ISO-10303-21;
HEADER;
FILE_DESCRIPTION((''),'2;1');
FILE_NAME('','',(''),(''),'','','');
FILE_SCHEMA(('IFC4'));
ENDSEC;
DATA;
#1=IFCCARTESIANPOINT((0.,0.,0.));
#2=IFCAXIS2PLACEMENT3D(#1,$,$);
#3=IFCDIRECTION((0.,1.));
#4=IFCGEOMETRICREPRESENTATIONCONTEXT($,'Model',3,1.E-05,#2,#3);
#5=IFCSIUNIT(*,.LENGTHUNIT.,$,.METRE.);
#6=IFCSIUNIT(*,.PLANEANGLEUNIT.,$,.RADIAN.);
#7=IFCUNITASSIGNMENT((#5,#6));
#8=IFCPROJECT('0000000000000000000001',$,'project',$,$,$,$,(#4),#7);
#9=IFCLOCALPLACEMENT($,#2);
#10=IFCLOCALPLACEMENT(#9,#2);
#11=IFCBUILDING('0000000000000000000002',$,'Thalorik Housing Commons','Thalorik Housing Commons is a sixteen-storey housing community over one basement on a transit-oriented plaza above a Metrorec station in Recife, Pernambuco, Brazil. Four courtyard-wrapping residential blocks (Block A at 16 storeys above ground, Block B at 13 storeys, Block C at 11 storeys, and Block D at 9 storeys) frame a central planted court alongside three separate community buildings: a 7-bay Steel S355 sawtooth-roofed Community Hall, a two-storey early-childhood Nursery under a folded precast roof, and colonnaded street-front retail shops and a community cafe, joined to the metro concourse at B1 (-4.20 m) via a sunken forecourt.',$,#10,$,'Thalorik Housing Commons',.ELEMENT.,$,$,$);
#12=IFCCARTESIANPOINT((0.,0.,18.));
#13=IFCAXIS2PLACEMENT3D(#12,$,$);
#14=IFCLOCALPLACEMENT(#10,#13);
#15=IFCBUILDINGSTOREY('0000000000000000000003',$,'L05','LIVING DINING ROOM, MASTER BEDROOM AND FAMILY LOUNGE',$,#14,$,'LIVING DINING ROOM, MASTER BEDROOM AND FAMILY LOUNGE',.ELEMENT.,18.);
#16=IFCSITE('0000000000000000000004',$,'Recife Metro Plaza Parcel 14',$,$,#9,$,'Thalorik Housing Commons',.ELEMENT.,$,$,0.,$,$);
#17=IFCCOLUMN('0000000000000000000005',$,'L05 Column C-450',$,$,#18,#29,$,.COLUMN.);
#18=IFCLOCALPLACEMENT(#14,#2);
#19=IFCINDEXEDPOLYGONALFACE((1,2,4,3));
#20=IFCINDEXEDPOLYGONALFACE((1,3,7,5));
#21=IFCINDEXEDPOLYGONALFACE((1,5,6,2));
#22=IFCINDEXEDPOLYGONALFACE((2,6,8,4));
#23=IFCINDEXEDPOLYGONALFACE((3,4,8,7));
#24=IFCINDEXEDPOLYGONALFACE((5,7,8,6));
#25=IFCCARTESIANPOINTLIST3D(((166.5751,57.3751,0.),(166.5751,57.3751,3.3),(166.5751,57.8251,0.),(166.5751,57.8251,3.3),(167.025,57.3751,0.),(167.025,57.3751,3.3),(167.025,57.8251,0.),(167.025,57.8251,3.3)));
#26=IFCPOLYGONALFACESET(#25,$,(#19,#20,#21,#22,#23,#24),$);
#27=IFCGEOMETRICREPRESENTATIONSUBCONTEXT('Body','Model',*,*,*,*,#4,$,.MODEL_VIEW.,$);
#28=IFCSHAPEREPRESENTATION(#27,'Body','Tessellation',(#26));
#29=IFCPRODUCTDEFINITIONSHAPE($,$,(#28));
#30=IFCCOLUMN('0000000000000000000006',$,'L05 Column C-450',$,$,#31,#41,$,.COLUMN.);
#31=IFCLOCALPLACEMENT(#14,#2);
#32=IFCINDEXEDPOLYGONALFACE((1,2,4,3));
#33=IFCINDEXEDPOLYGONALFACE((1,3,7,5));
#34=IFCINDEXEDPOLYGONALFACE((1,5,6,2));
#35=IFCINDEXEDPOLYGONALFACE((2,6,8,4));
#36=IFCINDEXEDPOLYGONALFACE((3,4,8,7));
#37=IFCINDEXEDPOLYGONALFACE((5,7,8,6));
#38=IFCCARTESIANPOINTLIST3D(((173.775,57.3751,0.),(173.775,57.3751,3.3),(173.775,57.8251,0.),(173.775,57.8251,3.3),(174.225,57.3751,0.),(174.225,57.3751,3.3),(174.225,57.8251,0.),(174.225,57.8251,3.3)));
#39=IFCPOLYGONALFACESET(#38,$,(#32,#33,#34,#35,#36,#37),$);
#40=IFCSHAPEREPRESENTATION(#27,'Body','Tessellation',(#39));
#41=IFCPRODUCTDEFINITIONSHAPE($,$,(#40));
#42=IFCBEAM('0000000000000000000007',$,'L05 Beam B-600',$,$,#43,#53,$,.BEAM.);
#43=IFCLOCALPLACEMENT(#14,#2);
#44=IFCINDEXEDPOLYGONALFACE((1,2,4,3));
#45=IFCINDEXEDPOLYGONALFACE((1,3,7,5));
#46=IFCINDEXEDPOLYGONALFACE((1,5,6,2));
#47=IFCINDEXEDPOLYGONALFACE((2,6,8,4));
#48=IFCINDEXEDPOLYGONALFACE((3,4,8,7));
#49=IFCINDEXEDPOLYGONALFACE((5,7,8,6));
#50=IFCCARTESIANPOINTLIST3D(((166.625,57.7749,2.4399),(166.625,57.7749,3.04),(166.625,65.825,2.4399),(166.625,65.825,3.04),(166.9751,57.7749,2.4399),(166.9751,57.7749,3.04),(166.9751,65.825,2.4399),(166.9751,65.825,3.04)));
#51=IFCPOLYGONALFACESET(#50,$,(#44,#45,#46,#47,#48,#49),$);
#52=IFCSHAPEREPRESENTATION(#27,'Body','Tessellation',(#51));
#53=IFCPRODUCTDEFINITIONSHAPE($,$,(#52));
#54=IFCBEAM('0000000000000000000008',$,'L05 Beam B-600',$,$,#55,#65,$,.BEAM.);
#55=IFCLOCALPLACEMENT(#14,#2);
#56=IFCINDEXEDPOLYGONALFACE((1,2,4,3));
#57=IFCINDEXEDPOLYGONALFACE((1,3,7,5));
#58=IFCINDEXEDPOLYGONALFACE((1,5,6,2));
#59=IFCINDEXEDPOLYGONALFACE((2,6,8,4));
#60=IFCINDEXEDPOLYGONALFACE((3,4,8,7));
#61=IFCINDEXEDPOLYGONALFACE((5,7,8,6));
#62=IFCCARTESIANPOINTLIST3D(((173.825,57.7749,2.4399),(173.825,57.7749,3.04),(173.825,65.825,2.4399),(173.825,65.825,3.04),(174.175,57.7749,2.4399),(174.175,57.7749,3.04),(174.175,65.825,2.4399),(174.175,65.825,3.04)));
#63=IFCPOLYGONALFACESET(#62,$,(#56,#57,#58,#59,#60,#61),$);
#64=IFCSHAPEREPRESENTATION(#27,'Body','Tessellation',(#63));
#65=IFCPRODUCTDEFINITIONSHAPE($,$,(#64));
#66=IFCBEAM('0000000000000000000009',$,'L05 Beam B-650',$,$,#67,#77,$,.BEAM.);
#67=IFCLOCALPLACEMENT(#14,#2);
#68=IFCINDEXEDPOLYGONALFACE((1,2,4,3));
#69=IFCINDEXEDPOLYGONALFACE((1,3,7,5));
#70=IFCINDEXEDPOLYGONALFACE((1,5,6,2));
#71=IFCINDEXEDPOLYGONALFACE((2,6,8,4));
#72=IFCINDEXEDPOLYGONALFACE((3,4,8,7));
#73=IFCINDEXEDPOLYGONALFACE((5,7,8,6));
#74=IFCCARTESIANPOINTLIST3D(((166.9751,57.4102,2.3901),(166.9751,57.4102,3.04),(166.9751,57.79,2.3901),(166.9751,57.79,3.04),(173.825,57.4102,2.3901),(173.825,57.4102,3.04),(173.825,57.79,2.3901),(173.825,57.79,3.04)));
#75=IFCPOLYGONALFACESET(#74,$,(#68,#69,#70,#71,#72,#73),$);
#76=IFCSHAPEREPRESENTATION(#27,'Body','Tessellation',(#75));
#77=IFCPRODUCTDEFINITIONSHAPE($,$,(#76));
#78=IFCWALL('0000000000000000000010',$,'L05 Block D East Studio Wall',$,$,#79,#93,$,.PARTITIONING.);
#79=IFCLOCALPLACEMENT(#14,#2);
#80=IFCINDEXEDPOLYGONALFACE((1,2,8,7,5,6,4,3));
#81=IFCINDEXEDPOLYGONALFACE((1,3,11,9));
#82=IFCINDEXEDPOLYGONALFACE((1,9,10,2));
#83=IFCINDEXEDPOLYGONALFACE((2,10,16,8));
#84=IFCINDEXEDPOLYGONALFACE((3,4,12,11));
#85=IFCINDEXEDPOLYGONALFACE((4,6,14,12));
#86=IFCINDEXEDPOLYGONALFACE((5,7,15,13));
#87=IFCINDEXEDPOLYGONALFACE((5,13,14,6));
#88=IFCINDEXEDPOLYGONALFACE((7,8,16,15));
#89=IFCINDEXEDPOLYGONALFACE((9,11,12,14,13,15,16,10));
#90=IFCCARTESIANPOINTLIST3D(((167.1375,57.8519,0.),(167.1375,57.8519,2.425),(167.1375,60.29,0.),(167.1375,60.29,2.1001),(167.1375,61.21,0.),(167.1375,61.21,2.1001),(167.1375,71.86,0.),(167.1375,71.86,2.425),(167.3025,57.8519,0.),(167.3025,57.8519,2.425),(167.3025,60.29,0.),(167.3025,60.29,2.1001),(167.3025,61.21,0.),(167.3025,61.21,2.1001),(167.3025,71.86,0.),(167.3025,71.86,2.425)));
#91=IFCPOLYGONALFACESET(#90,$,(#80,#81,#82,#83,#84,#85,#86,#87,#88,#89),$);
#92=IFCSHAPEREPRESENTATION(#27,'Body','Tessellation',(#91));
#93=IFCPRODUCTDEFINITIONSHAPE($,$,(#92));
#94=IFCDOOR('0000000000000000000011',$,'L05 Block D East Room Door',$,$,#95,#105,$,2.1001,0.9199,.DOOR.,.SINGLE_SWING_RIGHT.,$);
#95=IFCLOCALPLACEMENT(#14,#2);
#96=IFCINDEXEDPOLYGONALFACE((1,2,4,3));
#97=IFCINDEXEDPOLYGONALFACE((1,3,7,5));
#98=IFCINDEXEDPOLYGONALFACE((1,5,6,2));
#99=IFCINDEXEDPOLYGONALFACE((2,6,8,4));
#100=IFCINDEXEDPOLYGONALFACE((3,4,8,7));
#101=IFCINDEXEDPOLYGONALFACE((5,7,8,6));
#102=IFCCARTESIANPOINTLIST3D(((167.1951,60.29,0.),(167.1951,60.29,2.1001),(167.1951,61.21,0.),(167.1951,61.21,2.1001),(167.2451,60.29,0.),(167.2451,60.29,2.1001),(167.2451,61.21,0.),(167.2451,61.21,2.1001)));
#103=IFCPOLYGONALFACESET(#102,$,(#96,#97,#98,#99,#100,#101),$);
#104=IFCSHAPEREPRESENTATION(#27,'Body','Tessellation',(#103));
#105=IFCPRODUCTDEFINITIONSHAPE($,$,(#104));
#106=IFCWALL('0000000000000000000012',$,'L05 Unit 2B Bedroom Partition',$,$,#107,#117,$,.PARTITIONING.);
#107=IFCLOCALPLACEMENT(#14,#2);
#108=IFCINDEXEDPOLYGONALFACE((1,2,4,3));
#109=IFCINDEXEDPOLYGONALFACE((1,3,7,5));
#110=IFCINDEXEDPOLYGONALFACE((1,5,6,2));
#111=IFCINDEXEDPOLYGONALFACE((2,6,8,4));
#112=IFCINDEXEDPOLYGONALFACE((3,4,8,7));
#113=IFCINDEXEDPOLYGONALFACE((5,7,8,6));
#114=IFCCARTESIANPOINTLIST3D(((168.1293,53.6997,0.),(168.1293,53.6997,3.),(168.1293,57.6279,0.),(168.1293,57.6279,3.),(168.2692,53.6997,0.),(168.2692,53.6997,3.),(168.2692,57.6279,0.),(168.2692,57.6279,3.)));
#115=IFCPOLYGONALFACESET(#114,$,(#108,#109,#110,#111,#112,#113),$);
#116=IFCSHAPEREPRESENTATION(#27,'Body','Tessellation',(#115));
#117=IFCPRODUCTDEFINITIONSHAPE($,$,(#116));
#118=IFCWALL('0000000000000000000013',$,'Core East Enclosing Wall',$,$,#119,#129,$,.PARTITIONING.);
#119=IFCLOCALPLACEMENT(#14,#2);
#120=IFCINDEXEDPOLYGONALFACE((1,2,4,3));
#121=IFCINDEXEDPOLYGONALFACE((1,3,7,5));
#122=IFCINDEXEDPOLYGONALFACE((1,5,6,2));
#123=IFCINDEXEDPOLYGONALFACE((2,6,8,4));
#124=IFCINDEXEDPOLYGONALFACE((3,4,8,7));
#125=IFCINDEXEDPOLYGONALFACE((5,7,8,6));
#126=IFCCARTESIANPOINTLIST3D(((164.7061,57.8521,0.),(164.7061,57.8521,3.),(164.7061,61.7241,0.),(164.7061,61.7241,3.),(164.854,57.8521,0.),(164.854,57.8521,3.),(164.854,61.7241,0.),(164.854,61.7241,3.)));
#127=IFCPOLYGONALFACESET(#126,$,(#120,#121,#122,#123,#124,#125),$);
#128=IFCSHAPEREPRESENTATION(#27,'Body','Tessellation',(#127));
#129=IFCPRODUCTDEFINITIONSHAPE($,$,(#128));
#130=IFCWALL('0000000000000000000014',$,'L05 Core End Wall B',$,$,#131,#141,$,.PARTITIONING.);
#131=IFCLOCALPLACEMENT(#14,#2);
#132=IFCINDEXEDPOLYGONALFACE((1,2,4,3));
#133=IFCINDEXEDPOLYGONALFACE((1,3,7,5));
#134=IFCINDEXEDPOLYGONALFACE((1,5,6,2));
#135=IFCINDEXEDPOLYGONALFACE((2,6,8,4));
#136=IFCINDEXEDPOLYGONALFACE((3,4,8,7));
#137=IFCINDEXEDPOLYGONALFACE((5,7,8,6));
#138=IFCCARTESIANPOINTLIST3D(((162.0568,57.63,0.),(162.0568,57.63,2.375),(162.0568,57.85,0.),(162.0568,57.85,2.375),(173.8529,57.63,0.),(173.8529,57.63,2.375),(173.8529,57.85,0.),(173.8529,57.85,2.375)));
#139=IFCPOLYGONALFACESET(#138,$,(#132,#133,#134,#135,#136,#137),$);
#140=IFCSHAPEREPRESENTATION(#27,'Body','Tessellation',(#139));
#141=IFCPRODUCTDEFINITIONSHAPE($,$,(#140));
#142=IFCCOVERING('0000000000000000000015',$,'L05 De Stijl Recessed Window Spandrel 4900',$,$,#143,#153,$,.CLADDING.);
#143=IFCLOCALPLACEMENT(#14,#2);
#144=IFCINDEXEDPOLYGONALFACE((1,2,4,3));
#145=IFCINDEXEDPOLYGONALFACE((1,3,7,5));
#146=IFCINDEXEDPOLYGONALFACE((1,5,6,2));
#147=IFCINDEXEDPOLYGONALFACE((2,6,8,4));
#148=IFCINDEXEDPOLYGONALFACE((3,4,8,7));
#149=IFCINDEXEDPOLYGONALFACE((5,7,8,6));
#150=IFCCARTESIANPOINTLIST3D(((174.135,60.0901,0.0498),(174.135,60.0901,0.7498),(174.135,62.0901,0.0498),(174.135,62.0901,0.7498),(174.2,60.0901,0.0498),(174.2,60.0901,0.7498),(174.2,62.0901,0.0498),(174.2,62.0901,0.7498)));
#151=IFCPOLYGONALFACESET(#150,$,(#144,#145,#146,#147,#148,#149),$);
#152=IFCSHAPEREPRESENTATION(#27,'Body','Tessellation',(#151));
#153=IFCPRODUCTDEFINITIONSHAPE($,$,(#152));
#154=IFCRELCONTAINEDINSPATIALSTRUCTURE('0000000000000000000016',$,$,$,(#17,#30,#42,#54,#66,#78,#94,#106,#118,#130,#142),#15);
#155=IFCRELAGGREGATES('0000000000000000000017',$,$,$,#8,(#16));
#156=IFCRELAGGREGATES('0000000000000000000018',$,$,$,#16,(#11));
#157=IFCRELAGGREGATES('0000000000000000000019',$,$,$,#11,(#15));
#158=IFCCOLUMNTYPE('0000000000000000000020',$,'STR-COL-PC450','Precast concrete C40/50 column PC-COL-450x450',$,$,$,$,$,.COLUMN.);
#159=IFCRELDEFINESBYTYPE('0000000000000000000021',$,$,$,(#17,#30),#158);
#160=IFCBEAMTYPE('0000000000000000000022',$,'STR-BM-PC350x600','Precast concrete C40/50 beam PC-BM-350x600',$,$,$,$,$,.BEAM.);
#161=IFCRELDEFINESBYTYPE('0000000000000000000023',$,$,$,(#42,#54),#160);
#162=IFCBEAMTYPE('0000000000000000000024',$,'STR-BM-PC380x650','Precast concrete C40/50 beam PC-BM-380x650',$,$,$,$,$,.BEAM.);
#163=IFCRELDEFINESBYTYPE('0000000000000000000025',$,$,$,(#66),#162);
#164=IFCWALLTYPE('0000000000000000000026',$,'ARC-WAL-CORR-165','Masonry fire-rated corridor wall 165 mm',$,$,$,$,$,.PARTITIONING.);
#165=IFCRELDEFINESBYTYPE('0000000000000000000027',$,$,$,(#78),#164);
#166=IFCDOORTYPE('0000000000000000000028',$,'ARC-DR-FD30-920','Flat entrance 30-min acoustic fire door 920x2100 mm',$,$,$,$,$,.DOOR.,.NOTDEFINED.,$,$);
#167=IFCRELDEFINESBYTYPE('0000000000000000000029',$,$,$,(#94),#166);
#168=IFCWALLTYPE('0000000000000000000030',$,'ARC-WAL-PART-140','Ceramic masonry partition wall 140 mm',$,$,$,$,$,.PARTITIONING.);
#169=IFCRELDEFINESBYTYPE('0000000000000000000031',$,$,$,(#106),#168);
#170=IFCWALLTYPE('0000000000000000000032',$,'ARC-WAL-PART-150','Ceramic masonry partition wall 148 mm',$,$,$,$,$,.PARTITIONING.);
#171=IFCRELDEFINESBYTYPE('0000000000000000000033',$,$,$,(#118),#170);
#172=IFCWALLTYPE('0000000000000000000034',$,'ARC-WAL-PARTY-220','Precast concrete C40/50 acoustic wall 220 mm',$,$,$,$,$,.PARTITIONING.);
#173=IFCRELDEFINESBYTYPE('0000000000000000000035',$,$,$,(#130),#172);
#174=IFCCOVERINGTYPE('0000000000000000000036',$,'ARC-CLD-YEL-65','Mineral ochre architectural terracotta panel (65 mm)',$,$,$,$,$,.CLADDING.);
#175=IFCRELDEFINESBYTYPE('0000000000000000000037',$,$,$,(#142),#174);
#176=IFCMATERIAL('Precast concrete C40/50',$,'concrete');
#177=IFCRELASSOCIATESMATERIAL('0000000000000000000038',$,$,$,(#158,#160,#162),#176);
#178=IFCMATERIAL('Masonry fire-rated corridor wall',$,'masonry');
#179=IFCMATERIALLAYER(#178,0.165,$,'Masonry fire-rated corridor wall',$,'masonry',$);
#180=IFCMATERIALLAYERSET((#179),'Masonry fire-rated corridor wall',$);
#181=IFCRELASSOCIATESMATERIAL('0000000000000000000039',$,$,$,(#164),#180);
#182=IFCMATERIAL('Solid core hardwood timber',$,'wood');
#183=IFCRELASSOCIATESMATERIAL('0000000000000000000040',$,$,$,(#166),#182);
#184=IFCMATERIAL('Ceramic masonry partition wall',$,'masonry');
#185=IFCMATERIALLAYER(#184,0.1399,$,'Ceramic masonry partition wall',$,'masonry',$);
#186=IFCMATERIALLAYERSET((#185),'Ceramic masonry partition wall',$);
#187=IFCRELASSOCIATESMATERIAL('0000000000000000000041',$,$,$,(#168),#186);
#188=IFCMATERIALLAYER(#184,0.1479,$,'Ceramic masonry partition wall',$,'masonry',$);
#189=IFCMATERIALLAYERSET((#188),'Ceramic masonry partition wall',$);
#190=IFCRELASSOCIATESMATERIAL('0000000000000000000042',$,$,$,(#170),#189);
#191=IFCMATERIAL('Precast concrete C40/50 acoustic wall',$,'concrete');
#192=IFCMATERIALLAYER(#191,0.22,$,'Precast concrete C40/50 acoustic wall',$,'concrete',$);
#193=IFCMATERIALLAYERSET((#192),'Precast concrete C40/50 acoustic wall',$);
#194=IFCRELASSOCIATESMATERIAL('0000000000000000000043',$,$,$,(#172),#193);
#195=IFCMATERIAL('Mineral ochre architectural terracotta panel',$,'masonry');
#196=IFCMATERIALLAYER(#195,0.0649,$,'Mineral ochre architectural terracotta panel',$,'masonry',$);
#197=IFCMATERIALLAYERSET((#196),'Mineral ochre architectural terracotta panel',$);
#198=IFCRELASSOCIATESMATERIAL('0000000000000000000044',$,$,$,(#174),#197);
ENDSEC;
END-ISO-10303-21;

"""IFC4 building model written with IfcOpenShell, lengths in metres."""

from ifc_helpers import new_model, si_unit, direction, frame, frame_2d, origin, origin_2d, place, context, subcontext, project, spatial, rectangle, extrude, material, layer, layer_set, material_profile, profile_set, type_object, element, fill, save


model = new_model("IFC4")

# Units and contexts
model_context = context("Model", 3, precision=1e-05, world=origin(), true_north=direction((0.0, 1.0)))
body_context = subcontext(model_context, "Body", "Model", "MODEL_VIEW")
ifc_project = project(units=[si_unit("LENGTHUNIT", "METRE"), si_unit("PLANEANGLEUNIT", "RADIAN")], contexts=[model_context])

# Site, building, storey
site_placement = place(None, origin())
site = spatial("IfcSite", under=ifc_project, at=site_placement, Name="Recife Metro Plaza Parcel 14", LongName="Thalorik Housing Commons", CompositionType="ELEMENT", RefElevation=0.0)
building_placement = place(site_placement, origin())
building = spatial("IfcBuilding", under=site, at=building_placement, Name="Thalorik Housing Commons", Description="Thalorik Housing Commons is a sixteen-storey housing community over one basement on a transit-oriented plaza above a Metrorec station in Recife, Pernambuco, Brazil. Four courtyard-wrapping residential blocks (Block A at 16 storeys above ground, Block B at 13 storeys, Block C at 11 storeys, and Block D at 9 storeys) frame a central planted court alongside three separate community buildings: a 7-bay Steel S355 sawtooth-roofed Community Hall, a two-storey early-childhood Nursery under a folded precast roof, and colonnaded street-front retail shops and a community cafe, joined to the metro concourse at B1 (-4.20 m) via a sunken forecourt.", LongName="Thalorik Housing Commons", CompositionType="ELEMENT")
storey_placement = place(building_placement, frame((0.0, 0.0, 18.0)))
storey = spatial("IfcBuildingStorey", under=building, at=storey_placement, Name="L05", Description="LIVING DINING ROOM, MASTER BEDROOM AND FAMILY LOUNGE", LongName="LIVING DINING ROOM, MASTER BEDROOM AND FAMILY LOUNGE", CompositionType="ELEMENT", Elevation=18.0)

# Columns
ifc_material_1 = material(Name="Precast concrete C40/50", Category="concrete")
ifc_material_profile_1 = material_profile(ifc_material_1, rectangle(XDim=0.45, YDim=0.45, at=origin_2d()), Name="PC 450x450", Category="concrete")
ifc_profile_set_1 = profile_set([ifc_material_profile_1], Name="Precast concrete C40/50")
column_type = type_object("IfcColumnType", Name="STR-COL-PC450", Description="Precast concrete C40/50 column PC-COL-450x450", PredefinedType="COLUMN", material=ifc_profile_set_1)
for number, where, z_axis, x_axis, name in (
    (1, (166.8, 57.6001, 0.0), (0.0, 0.0, 1.0), (1.0, 0.0, 0.0), "L05 Column C-450"),
    (2, (174.0, 57.6001, 0.0), (0.0, 0.0, 1.0), (1.0, 0.0, 0.0), "L05 Column C-450"),
):
    element("IfcColumn", number, at=place(storey_placement, frame(where, z_axis=z_axis, x_axis=x_axis)), inside=storey, type_object=column_type, Name=name, PredefinedType="COLUMN", context=body_context, shape_type="SweptSolid", body=[
        extrude(rectangle(XDim=0.45, YDim=0.45, at=origin_2d()), origin(), (0.0, 0.0, 1.0), 3.3),
    ])

# Beams
ifc_material_profile_2 = material_profile(ifc_material_1, rectangle(XDim=0.3501, YDim=0.6001, at=origin_2d()), Name="PC 350x600", Category="concrete")
ifc_profile_set_2 = profile_set([ifc_material_profile_2], Name="Precast concrete C40/50")
beam_type_1 = type_object("IfcBeamType", Name="STR-BM-PC350x600", Description="Precast concrete C40/50 beam PC-BM-350x600", PredefinedType="BEAM", material=ifc_profile_set_2)
for number, where, z_axis, x_axis, name in (
    (3, (166.8, 57.7749, 2.74), (0.0, 1.0, 0.0), (-1.0, 0.0, 0.0), "L05 Beam B-600"),
    (4, (174.0, 57.7749, 2.74), (0.0, 1.0, 0.0), (-1.0, 0.0, 0.0), "L05 Beam B-600"),
):
    element("IfcBeam", number, at=place(storey_placement, frame(where, z_axis=z_axis, x_axis=x_axis)), inside=storey, type_object=beam_type_1, Name=name, PredefinedType="BEAM", context=body_context, shape_type="SweptSolid", body=[
        extrude(rectangle(XDim=0.3501, YDim=0.6001, at=origin_2d()), origin(), (0.0, 0.0, 1.0), 8.05),
    ])
ifc_material_profile_3 = material_profile(ifc_material_1, rectangle(XDim=0.3799, YDim=0.6499, at=origin_2d()), Name="PC 380x650", Category="concrete")
ifc_profile_set_3 = profile_set([ifc_material_profile_3], Name="Precast concrete C40/50")
beam_type_2 = type_object("IfcBeamType", Name="STR-BM-PC380x650", Description="Precast concrete C40/50 beam PC-BM-380x650", PredefinedType="BEAM", material=ifc_profile_set_3)
beam_placement = place(storey_placement, frame((166.9751, 57.6001, 2.7151), z_axis=(1.0, 0.0, 0.0), x_axis=(0.0, 1.0, 0.0)))
element("IfcBeam", 5, at=beam_placement, inside=storey, type_object=beam_type_2, Name="L05 Beam B-650", PredefinedType="BEAM", context=body_context, shape_type="SweptSolid", body=[
    extrude(rectangle(XDim=0.3799, YDim=0.6499, at=origin_2d()), origin(), (0.0, 0.0, 1.0), 6.8499),
])

# Wall, opening, door
ifc_material_2 = material(Name="Masonry fire-rated corridor wall", Category="masonry")
ifc_layer_1 = layer(ifc_material_2, 0.165, Name="Masonry fire-rated corridor wall", Category="masonry")
ifc_layer_set_1 = layer_set([ifc_layer_1], Name="Masonry fire-rated corridor wall")
wall_type_1 = type_object("IfcWallType", Name="ARC-WAL-CORR-165", Description="Masonry fire-rated corridor wall 165 mm", PredefinedType="PARTITIONING", material=ifc_layer_set_1)
wall_1_placement = place(storey_placement, frame((167.22, 57.8521, 0.0), z_axis=(0.0, 0.0, 1.0), x_axis=(0.0, 1.0, 0.0)))
wall_1 = element("IfcWall", 6, at=wall_1_placement, inside=storey, type_object=wall_type_1, Name="L05 Block D East Studio Wall", PredefinedType="PARTITIONING", context=body_context, shape_type="SweptSolid", body=[
    extrude(rectangle(XDim=14.0081, YDim=0.165, at=frame_2d((7.0039, 0.0))), origin(), (0.0, 0.0, 1.0), 2.425),
])
opening_1_placement = place(wall_1_placement, frame((2.438, 0.0, 0.0)))
opening_1 = element("IfcOpeningElement", 7, at=opening_1_placement, cuts=wall_1, PredefinedType="OPENING", context=body_context, shape_type="SweptSolid", body=[
    extrude(rectangle(XDim=0.9199, YDim=2.1001, at=frame_2d((0.46, 1.05))), frame((0.0, 0.0925, 0.0), z_axis=(0.0, -1.0, 0.0), x_axis=(1.0, 0.0, 0.0)), (0.0, 0.0, 1.0), 0.1851),
])
ifc_material_3 = material(Name="Solid core hardwood timber", Category="wood")
door_type_1 = type_object("IfcDoorType", Name="ARC-DR-FD30-920", Description="Flat entrance 30-min acoustic fire door 920x2100 mm", OperationType="NOTDEFINED", PredefinedType="DOOR", material=ifc_material_3)
door_1_placement = place(opening_1_placement, origin())
door_1 = element("IfcDoor", 8, at=door_1_placement, inside=storey, type_object=door_type_1, Name="L05 Block D East Room Door", OperationType="SINGLE_SWING_RIGHT", OverallHeight=2.1001, OverallWidth=0.9199, PredefinedType="DOOR", context=body_context, shape_type="SweptSolid", body=[
    extrude(rectangle(XDim=0.9199, YDim=2.1001, at=frame_2d((0.46, 1.05))), frame((0.0, 0.0249, 0.0), z_axis=(0.0, -1.0, 0.0), x_axis=(1.0, 0.0, 0.0)), (0.0, 0.0, 1.0), 0.05),
])
fill(opening_1, door_1)

# Walls
ifc_material_4 = material(Name="Ceramic masonry partition wall", Category="masonry")
ifc_layer_2 = layer(ifc_material_4, 0.1399, Name="Ceramic masonry partition wall", Category="masonry")
ifc_layer_set_2 = layer_set([ifc_layer_2], Name="Ceramic masonry partition wall")
wall_type_2 = type_object("IfcWallType", Name="ARC-WAL-PART-140", Description="Ceramic masonry partition wall 140 mm", PredefinedType="PARTITIONING", material=ifc_layer_set_2)
wall_2_placement = place(storey_placement, frame((168.1992, 53.6997, 0.0), z_axis=(0.0, 0.0, 1.0), x_axis=(0.0, 1.0, 0.0)))
element("IfcWall", 9, at=wall_2_placement, inside=storey, type_object=wall_type_2, Name="L05 Unit 2B Bedroom Partition", PredefinedType="PARTITIONING", context=body_context, shape_type="SweptSolid", body=[
    extrude(rectangle(XDim=3.9282, YDim=0.1399, at=frame_2d((1.9641, 0.0))), origin(), (0.0, 0.0, 1.0), 3.0),
])
ifc_layer_3 = layer(ifc_material_4, 0.1479, Name="Ceramic masonry partition wall", Category="masonry")
ifc_layer_set_3 = layer_set([ifc_layer_3], Name="Ceramic masonry partition wall")
wall_type_3 = type_object("IfcWallType", Name="ARC-WAL-PART-150", Description="Ceramic masonry partition wall 148 mm", PredefinedType="PARTITIONING", material=ifc_layer_set_3)
wall_3_placement = place(storey_placement, frame((164.78, 61.7241, 0.0), z_axis=(0.0, 0.0, 1.0), x_axis=(0.0, -1.0, 0.0)))
element("IfcWall", 10, at=wall_3_placement, inside=storey, type_object=wall_type_3, Name="Core East Enclosing Wall", PredefinedType="PARTITIONING", context=body_context, shape_type="SweptSolid", body=[
    extrude(rectangle(XDim=3.8721, YDim=0.1479, at=frame_2d((1.936, 0.0))), origin(), (0.0, 0.0, 1.0), 3.0),
])
ifc_material_5 = material(Name="Precast concrete C40/50 acoustic wall", Category="concrete")
ifc_layer_4 = layer(ifc_material_5, 0.22, Name="Precast concrete C40/50 acoustic wall", Category="concrete")
ifc_layer_set_4 = layer_set([ifc_layer_4], Name="Precast concrete C40/50 acoustic wall")
wall_type_4 = type_object("IfcWallType", Name="ARC-WAL-PARTY-220", Description="Precast concrete C40/50 acoustic wall 220 mm", PredefinedType="PARTITIONING", material=ifc_layer_set_4)
wall_4_placement = place(storey_placement, frame((162.0569, 57.74, 0.0), z_axis=(0.0, 0.0, 1.0), x_axis=(1.0, 0.0, 0.0)))
element("IfcWall", 11, at=wall_4_placement, inside=storey, type_object=wall_type_4, Name="L05 Core End Wall B", PredefinedType="PARTITIONING", context=body_context, shape_type="SweptSolid", body=[
    extrude(rectangle(XDim=11.7961, YDim=0.22, at=frame_2d((5.8979, 0.0))), origin(), (0.0, 0.0, 1.0), 2.375),
])

# Covering
ifc_material_6 = material(Name="Mineral ochre architectural terracotta panel", Category="masonry")
ifc_layer_5 = layer(ifc_material_6, 0.0649, Name="Mineral ochre architectural terracotta panel", Category="masonry")
ifc_layer_set_5 = layer_set([ifc_layer_5], Name="Mineral ochre architectural terracotta panel")
covering_type_1 = type_object("IfcCoveringType", Name="ARC-CLD-YEL-65", Description="Mineral ochre architectural terracotta panel (65 mm)", PredefinedType="CLADDING", material=ifc_layer_set_5)
covering_1_placement = place(storey_placement, frame((174.1675, 61.0901, 0.0498), z_axis=(0.0, 0.0, 1.0), x_axis=(0.0, 1.0, 0.0)))
element("IfcCovering", 12, at=covering_1_placement, inside=storey, type_object=covering_type_1, Name="L05 De Stijl Recessed Window Spandrel 4900", PredefinedType="CLADDING", context=body_context, shape_type="SweptSolid", body=[
    extrude(rectangle(XDim=2.0, YDim=0.0649, at=origin_2d()), origin(), (0.0, 0.0, 1.0), 0.7),
])

save(model, "model.ifc")
